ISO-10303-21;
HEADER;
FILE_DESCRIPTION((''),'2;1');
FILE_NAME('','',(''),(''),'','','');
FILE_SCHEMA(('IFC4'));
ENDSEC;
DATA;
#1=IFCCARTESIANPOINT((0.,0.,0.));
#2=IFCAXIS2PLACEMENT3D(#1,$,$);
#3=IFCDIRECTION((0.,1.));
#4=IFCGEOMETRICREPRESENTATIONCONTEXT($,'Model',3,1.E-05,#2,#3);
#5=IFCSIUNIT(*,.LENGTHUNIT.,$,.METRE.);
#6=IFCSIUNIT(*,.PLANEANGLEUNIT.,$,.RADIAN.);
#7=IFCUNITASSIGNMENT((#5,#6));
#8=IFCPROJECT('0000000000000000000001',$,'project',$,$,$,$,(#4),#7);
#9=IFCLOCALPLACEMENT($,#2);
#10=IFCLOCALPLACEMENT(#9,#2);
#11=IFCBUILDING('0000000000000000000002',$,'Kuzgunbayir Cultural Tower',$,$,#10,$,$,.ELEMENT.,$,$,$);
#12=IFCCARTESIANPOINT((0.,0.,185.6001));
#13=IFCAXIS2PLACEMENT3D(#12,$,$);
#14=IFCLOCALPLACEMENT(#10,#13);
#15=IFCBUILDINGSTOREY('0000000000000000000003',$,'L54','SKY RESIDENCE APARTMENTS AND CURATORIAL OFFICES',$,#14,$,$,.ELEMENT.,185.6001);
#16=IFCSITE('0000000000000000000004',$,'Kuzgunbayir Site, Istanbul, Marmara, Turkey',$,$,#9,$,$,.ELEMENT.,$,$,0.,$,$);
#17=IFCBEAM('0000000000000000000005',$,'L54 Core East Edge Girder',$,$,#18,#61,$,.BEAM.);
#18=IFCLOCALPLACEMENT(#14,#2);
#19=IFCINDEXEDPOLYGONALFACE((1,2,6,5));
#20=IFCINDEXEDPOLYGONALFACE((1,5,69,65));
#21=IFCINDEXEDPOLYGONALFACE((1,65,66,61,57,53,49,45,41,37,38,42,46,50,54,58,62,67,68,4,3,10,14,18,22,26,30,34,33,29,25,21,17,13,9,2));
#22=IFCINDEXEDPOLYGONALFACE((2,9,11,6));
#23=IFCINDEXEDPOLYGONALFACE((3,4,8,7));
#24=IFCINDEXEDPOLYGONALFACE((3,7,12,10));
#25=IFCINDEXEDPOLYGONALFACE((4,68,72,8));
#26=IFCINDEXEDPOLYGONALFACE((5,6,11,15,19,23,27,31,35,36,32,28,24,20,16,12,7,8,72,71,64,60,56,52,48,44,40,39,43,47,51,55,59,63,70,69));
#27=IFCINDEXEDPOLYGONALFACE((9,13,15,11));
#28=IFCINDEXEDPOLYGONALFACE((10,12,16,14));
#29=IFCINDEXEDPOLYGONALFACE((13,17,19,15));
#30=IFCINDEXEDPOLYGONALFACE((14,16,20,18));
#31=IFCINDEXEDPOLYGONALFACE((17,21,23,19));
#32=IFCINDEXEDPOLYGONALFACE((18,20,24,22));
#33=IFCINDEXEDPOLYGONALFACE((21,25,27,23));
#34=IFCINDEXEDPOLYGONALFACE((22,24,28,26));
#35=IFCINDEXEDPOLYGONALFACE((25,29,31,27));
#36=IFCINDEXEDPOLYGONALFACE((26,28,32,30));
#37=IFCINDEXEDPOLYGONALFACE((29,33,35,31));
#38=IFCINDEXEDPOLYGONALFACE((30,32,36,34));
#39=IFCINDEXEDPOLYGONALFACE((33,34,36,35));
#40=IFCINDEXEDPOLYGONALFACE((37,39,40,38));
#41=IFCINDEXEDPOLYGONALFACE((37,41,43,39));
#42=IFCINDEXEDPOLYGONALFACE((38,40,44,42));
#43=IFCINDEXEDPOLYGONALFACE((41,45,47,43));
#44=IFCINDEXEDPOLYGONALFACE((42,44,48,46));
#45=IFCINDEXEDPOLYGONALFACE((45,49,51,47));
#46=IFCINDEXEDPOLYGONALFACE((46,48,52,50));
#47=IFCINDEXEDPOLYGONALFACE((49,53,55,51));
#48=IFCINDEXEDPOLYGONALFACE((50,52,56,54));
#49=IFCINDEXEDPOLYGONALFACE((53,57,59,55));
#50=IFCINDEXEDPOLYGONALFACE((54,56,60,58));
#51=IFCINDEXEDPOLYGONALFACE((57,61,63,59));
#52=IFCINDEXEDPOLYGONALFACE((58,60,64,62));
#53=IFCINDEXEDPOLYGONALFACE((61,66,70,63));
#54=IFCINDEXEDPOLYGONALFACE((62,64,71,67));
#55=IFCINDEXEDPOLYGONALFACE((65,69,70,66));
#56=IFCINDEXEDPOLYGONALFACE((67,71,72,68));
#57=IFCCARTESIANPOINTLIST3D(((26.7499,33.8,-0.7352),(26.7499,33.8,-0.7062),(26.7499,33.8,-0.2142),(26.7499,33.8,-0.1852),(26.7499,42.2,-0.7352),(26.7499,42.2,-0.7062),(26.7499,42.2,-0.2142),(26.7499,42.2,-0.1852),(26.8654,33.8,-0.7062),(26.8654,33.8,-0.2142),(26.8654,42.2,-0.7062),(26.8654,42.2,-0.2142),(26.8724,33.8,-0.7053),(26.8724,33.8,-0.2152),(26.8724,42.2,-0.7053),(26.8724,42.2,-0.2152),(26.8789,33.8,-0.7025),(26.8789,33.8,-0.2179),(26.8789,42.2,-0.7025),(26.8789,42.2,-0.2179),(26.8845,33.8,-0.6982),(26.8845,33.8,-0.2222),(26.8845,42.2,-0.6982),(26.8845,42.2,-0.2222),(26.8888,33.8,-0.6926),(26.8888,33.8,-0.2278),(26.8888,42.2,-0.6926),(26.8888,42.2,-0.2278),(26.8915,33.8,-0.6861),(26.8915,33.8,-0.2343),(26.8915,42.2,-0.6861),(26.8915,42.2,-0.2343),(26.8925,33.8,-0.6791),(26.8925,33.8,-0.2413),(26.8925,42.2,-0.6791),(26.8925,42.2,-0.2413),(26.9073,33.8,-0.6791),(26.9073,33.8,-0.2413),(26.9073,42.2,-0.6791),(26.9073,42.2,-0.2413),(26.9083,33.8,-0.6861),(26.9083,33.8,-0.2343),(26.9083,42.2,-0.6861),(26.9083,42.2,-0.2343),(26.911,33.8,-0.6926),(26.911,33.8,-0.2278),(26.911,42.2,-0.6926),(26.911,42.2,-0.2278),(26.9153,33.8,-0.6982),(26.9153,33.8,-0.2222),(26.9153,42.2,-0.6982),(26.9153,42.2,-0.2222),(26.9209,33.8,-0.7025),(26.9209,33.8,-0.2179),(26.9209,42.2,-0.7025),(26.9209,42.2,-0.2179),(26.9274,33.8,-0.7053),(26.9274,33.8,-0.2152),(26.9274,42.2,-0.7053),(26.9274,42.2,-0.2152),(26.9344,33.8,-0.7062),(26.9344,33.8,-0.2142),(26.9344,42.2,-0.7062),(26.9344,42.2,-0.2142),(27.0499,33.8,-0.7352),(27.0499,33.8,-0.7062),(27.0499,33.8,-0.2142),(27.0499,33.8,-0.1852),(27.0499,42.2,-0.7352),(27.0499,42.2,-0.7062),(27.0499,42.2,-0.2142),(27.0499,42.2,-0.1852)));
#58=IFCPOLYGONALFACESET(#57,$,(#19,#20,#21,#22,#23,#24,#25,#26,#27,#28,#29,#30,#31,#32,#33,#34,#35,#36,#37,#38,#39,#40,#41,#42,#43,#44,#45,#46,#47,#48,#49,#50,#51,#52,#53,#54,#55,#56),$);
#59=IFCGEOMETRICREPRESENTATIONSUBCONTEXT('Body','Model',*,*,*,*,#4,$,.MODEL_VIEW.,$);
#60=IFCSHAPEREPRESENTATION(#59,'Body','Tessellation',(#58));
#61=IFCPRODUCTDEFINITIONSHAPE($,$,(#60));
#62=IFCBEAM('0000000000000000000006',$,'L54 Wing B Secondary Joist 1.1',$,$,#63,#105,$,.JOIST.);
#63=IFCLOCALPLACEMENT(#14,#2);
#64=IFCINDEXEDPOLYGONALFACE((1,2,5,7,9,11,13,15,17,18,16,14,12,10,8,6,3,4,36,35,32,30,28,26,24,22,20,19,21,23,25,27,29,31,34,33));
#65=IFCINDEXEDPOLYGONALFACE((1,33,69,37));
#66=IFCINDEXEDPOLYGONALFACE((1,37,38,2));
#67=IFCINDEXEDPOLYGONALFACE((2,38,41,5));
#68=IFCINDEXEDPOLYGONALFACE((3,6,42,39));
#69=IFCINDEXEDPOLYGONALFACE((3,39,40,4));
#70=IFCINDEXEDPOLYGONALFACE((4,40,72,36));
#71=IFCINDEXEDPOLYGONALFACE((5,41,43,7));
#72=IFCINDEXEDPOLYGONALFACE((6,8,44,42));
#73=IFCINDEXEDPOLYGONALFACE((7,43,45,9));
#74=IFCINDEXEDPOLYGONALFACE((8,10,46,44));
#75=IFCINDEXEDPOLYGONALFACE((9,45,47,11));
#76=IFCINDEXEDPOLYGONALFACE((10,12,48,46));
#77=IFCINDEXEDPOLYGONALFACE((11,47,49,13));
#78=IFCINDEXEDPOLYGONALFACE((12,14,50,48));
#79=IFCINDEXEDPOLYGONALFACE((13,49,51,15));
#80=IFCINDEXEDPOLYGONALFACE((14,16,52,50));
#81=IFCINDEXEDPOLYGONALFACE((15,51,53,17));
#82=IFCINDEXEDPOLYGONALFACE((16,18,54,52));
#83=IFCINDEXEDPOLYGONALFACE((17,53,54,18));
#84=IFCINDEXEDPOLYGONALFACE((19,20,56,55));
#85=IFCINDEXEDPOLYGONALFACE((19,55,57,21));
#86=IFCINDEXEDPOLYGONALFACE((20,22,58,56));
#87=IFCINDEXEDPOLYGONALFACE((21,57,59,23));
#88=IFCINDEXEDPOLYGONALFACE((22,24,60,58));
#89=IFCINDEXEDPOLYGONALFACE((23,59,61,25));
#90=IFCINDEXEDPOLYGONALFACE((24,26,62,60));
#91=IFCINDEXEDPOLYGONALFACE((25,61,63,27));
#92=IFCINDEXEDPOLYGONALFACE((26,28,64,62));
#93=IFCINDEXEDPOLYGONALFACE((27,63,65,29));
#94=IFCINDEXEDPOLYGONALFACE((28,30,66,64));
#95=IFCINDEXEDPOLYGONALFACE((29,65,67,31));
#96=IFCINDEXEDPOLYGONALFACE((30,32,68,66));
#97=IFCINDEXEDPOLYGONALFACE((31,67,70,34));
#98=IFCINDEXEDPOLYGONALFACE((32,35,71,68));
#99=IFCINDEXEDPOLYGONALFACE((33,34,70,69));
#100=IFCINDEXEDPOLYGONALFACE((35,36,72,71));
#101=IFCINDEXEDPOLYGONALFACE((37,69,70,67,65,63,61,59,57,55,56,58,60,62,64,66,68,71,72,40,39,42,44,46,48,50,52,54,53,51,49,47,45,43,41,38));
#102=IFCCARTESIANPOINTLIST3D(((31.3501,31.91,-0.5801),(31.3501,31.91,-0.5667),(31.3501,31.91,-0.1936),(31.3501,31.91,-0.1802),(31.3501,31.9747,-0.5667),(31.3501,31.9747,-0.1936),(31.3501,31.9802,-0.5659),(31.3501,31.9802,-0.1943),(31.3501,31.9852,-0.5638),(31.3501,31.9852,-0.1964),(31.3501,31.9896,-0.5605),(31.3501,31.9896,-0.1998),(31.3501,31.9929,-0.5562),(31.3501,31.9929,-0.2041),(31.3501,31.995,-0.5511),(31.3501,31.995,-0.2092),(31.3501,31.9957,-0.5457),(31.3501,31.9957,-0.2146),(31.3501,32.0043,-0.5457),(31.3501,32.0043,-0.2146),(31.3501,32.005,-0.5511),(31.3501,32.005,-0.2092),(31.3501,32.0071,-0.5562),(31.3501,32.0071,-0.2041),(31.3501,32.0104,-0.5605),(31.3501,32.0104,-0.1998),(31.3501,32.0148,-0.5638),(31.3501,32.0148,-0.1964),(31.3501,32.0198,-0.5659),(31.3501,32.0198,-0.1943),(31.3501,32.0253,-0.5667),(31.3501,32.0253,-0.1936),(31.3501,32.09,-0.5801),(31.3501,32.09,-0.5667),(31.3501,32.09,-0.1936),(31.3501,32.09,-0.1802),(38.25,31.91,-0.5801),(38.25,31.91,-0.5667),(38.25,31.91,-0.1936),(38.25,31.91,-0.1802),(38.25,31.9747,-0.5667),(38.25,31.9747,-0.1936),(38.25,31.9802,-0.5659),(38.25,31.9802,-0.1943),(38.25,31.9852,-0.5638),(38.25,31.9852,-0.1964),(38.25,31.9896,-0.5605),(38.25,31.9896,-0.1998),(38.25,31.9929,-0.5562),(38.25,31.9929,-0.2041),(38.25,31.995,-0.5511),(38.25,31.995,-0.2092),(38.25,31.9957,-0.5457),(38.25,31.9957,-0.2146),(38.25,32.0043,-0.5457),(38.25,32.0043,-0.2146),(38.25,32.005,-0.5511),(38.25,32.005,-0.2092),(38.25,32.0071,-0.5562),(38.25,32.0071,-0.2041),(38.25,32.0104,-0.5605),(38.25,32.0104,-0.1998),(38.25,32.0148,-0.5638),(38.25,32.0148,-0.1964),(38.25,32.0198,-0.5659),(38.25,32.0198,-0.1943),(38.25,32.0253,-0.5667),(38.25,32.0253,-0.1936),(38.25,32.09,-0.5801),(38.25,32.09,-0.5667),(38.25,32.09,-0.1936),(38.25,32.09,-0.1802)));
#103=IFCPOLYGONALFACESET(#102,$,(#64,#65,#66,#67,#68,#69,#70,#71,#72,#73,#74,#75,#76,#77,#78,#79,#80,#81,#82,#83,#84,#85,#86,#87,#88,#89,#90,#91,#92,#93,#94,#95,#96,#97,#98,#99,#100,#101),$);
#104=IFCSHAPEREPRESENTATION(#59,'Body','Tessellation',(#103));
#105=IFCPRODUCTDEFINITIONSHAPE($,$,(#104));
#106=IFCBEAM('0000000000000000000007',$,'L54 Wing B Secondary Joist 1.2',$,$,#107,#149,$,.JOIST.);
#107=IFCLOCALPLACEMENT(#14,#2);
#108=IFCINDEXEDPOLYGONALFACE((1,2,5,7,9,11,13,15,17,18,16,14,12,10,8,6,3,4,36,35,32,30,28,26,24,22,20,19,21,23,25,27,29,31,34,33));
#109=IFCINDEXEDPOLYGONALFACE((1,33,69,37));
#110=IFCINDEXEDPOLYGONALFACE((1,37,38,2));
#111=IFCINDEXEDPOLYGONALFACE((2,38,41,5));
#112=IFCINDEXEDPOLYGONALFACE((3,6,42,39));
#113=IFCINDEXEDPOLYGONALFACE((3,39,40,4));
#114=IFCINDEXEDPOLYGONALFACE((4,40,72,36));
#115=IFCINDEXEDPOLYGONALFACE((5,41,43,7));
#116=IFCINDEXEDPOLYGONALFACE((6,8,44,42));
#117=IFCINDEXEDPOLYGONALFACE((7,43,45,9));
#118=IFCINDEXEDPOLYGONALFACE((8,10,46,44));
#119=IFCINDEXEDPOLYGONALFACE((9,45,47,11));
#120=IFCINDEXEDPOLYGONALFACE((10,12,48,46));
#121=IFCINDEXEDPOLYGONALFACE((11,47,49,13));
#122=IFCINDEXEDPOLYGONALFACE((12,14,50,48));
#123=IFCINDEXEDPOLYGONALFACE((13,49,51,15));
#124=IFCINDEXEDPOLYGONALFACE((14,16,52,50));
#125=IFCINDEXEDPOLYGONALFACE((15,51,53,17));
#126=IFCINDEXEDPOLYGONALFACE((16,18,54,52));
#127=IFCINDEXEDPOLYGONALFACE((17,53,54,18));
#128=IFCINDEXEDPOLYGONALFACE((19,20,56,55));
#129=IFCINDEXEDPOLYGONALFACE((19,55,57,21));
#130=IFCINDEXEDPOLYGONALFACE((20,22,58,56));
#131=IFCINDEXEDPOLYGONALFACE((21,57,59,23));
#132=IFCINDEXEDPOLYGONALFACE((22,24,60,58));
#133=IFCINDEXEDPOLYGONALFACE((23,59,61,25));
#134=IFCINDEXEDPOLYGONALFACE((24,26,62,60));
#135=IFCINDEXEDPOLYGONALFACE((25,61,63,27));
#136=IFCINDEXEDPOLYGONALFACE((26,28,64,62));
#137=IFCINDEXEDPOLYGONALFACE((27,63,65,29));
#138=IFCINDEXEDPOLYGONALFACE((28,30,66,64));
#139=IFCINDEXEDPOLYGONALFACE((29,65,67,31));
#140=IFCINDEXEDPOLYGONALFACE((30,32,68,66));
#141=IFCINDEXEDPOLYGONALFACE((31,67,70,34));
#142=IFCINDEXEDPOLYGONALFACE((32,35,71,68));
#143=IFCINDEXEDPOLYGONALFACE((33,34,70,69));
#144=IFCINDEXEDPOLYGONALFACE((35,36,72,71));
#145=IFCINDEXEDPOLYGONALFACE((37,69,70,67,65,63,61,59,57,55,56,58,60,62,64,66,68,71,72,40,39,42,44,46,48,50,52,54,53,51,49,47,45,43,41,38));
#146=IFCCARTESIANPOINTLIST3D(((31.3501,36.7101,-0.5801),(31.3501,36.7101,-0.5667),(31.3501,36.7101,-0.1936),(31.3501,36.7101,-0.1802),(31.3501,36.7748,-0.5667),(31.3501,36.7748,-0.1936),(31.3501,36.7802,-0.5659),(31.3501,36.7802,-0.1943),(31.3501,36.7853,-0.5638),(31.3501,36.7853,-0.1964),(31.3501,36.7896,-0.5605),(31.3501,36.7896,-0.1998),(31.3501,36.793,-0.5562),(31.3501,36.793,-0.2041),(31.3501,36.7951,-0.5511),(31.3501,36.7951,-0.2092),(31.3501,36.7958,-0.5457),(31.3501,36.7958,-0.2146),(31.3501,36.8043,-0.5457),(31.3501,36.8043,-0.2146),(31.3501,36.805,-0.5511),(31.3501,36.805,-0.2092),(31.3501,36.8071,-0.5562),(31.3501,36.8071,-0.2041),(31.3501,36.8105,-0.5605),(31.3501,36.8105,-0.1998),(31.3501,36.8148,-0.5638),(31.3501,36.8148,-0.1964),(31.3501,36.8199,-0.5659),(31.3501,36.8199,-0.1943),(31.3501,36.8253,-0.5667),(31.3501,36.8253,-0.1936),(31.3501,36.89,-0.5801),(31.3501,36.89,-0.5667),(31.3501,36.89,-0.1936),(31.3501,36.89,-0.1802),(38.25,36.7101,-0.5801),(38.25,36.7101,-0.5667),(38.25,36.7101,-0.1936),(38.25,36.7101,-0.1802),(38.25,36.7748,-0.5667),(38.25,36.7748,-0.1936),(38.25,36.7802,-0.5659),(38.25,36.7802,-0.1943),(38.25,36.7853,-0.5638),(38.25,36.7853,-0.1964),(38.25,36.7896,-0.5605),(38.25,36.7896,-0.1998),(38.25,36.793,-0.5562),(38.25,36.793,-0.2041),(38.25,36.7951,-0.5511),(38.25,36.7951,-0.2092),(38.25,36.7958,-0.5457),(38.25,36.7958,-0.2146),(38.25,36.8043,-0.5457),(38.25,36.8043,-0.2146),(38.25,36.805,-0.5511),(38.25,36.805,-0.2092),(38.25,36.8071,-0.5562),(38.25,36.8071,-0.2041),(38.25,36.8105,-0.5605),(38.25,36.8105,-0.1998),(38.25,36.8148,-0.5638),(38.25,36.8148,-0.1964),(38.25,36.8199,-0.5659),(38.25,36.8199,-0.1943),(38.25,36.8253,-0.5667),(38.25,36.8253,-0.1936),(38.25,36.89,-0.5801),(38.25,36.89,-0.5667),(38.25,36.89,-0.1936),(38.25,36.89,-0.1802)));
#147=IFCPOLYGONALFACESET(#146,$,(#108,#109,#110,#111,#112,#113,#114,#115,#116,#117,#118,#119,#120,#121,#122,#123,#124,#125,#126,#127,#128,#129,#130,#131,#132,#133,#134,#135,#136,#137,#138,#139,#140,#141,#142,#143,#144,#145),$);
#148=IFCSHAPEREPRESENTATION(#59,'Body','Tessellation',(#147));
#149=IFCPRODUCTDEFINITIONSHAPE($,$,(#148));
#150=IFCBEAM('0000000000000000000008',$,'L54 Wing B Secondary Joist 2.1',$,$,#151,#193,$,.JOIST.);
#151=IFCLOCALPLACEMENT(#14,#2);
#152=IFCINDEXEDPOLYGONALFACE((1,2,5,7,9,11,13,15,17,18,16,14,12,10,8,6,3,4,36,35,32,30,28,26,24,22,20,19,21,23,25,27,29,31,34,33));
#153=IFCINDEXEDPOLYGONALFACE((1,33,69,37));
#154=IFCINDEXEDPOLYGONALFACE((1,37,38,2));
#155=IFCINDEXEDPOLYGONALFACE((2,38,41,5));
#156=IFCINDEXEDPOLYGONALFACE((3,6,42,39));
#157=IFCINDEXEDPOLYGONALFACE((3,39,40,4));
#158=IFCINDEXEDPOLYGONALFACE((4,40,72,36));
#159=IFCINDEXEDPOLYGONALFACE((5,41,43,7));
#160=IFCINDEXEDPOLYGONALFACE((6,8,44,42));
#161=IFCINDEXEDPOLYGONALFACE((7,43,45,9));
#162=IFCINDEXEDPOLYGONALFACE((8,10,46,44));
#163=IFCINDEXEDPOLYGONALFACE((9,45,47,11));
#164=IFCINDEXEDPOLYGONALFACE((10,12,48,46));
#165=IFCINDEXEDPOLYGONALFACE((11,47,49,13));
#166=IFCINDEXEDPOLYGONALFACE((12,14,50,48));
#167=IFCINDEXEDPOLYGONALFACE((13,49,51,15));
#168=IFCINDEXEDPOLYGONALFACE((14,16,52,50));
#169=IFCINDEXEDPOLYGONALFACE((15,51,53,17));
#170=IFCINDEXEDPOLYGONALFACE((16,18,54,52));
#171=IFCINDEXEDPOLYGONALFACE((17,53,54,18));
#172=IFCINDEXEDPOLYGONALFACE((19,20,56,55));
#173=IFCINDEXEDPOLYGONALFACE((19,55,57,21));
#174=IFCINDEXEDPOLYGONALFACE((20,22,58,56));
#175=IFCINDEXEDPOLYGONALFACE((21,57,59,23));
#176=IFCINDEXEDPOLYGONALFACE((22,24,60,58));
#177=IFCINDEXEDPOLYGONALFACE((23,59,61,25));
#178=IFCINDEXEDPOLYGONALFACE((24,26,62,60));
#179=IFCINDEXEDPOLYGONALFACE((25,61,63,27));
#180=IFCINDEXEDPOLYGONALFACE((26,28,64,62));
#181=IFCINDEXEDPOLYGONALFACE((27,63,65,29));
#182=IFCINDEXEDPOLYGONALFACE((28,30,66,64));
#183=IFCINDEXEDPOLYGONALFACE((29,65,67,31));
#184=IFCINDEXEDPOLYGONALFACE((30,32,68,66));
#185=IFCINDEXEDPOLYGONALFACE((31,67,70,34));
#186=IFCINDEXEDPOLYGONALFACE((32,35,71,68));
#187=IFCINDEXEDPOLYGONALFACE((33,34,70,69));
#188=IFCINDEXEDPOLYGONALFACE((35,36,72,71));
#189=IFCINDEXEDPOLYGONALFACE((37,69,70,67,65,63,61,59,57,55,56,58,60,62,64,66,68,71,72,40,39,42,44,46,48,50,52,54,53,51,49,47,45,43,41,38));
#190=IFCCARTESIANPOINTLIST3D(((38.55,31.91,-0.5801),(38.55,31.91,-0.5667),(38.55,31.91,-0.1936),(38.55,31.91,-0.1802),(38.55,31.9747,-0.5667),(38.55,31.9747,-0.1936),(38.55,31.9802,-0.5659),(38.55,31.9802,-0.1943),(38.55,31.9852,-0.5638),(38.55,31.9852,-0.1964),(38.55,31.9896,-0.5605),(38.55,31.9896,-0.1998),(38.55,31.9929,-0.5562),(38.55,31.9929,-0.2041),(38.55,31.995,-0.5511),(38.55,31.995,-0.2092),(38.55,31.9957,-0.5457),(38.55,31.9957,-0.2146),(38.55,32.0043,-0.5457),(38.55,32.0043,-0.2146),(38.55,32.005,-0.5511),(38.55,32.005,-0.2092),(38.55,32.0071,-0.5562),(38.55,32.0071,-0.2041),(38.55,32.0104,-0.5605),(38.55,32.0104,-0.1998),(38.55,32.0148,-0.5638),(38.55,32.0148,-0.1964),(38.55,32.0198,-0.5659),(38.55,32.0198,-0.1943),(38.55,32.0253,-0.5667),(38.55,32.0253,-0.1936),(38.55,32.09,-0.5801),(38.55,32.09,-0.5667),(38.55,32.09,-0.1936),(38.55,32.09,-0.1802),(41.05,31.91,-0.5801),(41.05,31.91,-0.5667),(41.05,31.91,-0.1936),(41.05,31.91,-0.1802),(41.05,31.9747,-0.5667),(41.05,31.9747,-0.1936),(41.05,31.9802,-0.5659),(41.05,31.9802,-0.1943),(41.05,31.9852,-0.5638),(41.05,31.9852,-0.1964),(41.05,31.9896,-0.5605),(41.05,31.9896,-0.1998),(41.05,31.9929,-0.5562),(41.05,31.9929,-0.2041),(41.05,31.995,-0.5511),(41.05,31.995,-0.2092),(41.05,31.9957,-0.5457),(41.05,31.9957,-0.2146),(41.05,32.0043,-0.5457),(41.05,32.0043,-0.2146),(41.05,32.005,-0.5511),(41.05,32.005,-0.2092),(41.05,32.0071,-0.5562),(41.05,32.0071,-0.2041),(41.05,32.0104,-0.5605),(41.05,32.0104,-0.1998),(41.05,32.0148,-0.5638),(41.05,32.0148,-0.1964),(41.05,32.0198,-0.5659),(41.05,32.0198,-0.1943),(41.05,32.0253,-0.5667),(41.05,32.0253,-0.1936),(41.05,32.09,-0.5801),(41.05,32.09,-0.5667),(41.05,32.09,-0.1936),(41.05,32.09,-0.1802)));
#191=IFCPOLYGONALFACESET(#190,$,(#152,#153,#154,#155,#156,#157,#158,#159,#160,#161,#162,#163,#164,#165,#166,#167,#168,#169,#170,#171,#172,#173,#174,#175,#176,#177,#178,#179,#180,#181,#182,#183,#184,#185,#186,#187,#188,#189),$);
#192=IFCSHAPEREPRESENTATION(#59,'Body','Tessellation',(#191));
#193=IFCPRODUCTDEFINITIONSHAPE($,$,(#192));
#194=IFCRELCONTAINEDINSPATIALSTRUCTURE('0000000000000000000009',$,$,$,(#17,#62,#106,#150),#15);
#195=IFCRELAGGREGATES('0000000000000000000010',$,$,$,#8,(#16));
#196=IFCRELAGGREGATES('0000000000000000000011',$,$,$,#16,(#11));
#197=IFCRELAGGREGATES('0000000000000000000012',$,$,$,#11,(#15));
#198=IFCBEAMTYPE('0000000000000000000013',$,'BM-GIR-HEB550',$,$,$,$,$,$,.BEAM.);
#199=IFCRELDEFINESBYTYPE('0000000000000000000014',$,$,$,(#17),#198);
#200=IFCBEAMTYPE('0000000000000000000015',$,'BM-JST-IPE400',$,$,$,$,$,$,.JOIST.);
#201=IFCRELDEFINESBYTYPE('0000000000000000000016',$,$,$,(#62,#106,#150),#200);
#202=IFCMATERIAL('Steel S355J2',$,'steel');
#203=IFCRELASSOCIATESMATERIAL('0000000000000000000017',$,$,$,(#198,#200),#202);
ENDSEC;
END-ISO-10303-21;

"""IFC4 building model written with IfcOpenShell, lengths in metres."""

from ifc_helpers import new_model, si_unit, direction, frame, origin, origin_2d, place, context, subcontext, project, spatial, i_section, extrude, material, material_profile, profile_set, type_object, element, save


model = new_model("IFC4")

# Units and contexts
model_context = context("Model", 3, precision=1e-05, world=origin(), true_north=direction((0.0, 1.0)))
body_context = subcontext(model_context, "Body", "Model", "MODEL_VIEW")
ifc_project = project(units=[si_unit("LENGTHUNIT", "METRE"), si_unit("PLANEANGLEUNIT", "RADIAN")], contexts=[model_context])

# Site, building, storey
site_placement = place(None, origin())
site = spatial("IfcSite", under=ifc_project, at=site_placement, Name="Kuzgunbayir Site, Istanbul, Marmara, Turkey", CompositionType="ELEMENT", RefElevation=0.0)
building_placement = place(site_placement, origin())
building = spatial("IfcBuilding", under=site, at=building_placement, Name="Kuzgunbayir Cultural Tower", CompositionType="ELEMENT")
storey_placement = place(building_placement, frame((0.0, 0.0, 185.6001)))
storey = spatial("IfcBuildingStorey", under=building, at=storey_placement, Name="L54", Description="SKY RESIDENCE APARTMENTS AND CURATORIAL OFFICES", CompositionType="ELEMENT", Elevation=185.6001)

# Beams
ifc_material_1 = material(Name="Steel S355J2", Category="steel")
ifc_material_profile_1 = material_profile(ifc_material_1, i_section(OverallWidth=0.3, OverallDepth=0.55, WebThickness=0.0149, FlangeThickness=0.0291, FilletRadius=0.0271, at=origin_2d()), Name="HEB 550")
ifc_profile_set_1 = profile_set([ifc_material_profile_1], Name="Steel S355J2")
beam_type_1 = type_object("IfcBeamType", Name="BM-GIR-HEB550", PredefinedType="BEAM", material=ifc_profile_set_1)
beam_1_placement = place(storey_placement, frame((26.8999, 33.8, -0.4602), z_axis=(0.0, 1.0, 0.0), x_axis=(-1.0, 0.0, 0.0)))
element("IfcBeam", 1, at=beam_1_placement, inside=storey, type_object=beam_type_1, Name="L54 Core East Edge Girder", PredefinedType="BEAM", context=body_context, shape_type="SweptSolid", body=[
    extrude(i_section(OverallWidth=0.3, OverallDepth=0.55, WebThickness=0.0149, FlangeThickness=0.0291, FilletRadius=0.0271, at=origin_2d()), origin(), (0.0, 0.0, 1.0), 8.3999),
])
ifc_material_profile_2 = material_profile(ifc_material_1, i_section(OverallWidth=0.1799, OverallDepth=0.3999, WebThickness=0.0085, FlangeThickness=0.0134, FilletRadius=0.021, at=origin_2d()), Name="IPE 400")
ifc_profile_set_2 = profile_set([ifc_material_profile_2], Name="Steel S355J2")
beam_type_2 = type_object("IfcBeamType", Name="BM-JST-IPE400", PredefinedType="JOIST", material=ifc_profile_set_2)
for number, where, z_axis, x_axis, name in (
    (2, (31.3501, 32.0, -0.3801), (1.0, 0.0, 0.0), (0.0, 1.0, 0.0), "L54 Wing B Secondary Joist 1.1"),
    (3, (31.3501, 36.8, -0.3801), (1.0, 0.0, 0.0), (0.0, 1.0, 0.0), "L54 Wing B Secondary Joist 1.2"),
):
    element("IfcBeam", number, at=place(storey_placement, frame(where, z_axis=z_axis, x_axis=x_axis)), inside=storey, type_object=beam_type_2, Name=name, PredefinedType="JOIST", context=body_context, shape_type="SweptSolid", body=[
        extrude(i_section(OverallWidth=0.1799, OverallDepth=0.3999, WebThickness=0.0085, FlangeThickness=0.0134, FilletRadius=0.021, at=origin_2d()), origin(), (0.0, 0.0, 1.0), 6.8999),
    ])
for number, where, z_axis, x_axis, name in (
    (4, (38.55, 32.0, -0.3801), (1.0, 0.0, 0.0), (0.0, 1.0, 0.0), "L54 Wing B Secondary Joist 2.1"),
):
    element("IfcBeam", number, at=place(storey_placement, frame(where, z_axis=z_axis, x_axis=x_axis)), inside=storey, type_object=beam_type_2, Name=name, PredefinedType="JOIST", context=body_context, shape_type="SweptSolid", body=[
        extrude(i_section(OverallWidth=0.1799, OverallDepth=0.3999, WebThickness=0.0085, FlangeThickness=0.0134, FilletRadius=0.021, at=origin_2d()), origin(), (0.0, 0.0, 1.0), 2.5),
    ])

save(model, "model.ifc")
